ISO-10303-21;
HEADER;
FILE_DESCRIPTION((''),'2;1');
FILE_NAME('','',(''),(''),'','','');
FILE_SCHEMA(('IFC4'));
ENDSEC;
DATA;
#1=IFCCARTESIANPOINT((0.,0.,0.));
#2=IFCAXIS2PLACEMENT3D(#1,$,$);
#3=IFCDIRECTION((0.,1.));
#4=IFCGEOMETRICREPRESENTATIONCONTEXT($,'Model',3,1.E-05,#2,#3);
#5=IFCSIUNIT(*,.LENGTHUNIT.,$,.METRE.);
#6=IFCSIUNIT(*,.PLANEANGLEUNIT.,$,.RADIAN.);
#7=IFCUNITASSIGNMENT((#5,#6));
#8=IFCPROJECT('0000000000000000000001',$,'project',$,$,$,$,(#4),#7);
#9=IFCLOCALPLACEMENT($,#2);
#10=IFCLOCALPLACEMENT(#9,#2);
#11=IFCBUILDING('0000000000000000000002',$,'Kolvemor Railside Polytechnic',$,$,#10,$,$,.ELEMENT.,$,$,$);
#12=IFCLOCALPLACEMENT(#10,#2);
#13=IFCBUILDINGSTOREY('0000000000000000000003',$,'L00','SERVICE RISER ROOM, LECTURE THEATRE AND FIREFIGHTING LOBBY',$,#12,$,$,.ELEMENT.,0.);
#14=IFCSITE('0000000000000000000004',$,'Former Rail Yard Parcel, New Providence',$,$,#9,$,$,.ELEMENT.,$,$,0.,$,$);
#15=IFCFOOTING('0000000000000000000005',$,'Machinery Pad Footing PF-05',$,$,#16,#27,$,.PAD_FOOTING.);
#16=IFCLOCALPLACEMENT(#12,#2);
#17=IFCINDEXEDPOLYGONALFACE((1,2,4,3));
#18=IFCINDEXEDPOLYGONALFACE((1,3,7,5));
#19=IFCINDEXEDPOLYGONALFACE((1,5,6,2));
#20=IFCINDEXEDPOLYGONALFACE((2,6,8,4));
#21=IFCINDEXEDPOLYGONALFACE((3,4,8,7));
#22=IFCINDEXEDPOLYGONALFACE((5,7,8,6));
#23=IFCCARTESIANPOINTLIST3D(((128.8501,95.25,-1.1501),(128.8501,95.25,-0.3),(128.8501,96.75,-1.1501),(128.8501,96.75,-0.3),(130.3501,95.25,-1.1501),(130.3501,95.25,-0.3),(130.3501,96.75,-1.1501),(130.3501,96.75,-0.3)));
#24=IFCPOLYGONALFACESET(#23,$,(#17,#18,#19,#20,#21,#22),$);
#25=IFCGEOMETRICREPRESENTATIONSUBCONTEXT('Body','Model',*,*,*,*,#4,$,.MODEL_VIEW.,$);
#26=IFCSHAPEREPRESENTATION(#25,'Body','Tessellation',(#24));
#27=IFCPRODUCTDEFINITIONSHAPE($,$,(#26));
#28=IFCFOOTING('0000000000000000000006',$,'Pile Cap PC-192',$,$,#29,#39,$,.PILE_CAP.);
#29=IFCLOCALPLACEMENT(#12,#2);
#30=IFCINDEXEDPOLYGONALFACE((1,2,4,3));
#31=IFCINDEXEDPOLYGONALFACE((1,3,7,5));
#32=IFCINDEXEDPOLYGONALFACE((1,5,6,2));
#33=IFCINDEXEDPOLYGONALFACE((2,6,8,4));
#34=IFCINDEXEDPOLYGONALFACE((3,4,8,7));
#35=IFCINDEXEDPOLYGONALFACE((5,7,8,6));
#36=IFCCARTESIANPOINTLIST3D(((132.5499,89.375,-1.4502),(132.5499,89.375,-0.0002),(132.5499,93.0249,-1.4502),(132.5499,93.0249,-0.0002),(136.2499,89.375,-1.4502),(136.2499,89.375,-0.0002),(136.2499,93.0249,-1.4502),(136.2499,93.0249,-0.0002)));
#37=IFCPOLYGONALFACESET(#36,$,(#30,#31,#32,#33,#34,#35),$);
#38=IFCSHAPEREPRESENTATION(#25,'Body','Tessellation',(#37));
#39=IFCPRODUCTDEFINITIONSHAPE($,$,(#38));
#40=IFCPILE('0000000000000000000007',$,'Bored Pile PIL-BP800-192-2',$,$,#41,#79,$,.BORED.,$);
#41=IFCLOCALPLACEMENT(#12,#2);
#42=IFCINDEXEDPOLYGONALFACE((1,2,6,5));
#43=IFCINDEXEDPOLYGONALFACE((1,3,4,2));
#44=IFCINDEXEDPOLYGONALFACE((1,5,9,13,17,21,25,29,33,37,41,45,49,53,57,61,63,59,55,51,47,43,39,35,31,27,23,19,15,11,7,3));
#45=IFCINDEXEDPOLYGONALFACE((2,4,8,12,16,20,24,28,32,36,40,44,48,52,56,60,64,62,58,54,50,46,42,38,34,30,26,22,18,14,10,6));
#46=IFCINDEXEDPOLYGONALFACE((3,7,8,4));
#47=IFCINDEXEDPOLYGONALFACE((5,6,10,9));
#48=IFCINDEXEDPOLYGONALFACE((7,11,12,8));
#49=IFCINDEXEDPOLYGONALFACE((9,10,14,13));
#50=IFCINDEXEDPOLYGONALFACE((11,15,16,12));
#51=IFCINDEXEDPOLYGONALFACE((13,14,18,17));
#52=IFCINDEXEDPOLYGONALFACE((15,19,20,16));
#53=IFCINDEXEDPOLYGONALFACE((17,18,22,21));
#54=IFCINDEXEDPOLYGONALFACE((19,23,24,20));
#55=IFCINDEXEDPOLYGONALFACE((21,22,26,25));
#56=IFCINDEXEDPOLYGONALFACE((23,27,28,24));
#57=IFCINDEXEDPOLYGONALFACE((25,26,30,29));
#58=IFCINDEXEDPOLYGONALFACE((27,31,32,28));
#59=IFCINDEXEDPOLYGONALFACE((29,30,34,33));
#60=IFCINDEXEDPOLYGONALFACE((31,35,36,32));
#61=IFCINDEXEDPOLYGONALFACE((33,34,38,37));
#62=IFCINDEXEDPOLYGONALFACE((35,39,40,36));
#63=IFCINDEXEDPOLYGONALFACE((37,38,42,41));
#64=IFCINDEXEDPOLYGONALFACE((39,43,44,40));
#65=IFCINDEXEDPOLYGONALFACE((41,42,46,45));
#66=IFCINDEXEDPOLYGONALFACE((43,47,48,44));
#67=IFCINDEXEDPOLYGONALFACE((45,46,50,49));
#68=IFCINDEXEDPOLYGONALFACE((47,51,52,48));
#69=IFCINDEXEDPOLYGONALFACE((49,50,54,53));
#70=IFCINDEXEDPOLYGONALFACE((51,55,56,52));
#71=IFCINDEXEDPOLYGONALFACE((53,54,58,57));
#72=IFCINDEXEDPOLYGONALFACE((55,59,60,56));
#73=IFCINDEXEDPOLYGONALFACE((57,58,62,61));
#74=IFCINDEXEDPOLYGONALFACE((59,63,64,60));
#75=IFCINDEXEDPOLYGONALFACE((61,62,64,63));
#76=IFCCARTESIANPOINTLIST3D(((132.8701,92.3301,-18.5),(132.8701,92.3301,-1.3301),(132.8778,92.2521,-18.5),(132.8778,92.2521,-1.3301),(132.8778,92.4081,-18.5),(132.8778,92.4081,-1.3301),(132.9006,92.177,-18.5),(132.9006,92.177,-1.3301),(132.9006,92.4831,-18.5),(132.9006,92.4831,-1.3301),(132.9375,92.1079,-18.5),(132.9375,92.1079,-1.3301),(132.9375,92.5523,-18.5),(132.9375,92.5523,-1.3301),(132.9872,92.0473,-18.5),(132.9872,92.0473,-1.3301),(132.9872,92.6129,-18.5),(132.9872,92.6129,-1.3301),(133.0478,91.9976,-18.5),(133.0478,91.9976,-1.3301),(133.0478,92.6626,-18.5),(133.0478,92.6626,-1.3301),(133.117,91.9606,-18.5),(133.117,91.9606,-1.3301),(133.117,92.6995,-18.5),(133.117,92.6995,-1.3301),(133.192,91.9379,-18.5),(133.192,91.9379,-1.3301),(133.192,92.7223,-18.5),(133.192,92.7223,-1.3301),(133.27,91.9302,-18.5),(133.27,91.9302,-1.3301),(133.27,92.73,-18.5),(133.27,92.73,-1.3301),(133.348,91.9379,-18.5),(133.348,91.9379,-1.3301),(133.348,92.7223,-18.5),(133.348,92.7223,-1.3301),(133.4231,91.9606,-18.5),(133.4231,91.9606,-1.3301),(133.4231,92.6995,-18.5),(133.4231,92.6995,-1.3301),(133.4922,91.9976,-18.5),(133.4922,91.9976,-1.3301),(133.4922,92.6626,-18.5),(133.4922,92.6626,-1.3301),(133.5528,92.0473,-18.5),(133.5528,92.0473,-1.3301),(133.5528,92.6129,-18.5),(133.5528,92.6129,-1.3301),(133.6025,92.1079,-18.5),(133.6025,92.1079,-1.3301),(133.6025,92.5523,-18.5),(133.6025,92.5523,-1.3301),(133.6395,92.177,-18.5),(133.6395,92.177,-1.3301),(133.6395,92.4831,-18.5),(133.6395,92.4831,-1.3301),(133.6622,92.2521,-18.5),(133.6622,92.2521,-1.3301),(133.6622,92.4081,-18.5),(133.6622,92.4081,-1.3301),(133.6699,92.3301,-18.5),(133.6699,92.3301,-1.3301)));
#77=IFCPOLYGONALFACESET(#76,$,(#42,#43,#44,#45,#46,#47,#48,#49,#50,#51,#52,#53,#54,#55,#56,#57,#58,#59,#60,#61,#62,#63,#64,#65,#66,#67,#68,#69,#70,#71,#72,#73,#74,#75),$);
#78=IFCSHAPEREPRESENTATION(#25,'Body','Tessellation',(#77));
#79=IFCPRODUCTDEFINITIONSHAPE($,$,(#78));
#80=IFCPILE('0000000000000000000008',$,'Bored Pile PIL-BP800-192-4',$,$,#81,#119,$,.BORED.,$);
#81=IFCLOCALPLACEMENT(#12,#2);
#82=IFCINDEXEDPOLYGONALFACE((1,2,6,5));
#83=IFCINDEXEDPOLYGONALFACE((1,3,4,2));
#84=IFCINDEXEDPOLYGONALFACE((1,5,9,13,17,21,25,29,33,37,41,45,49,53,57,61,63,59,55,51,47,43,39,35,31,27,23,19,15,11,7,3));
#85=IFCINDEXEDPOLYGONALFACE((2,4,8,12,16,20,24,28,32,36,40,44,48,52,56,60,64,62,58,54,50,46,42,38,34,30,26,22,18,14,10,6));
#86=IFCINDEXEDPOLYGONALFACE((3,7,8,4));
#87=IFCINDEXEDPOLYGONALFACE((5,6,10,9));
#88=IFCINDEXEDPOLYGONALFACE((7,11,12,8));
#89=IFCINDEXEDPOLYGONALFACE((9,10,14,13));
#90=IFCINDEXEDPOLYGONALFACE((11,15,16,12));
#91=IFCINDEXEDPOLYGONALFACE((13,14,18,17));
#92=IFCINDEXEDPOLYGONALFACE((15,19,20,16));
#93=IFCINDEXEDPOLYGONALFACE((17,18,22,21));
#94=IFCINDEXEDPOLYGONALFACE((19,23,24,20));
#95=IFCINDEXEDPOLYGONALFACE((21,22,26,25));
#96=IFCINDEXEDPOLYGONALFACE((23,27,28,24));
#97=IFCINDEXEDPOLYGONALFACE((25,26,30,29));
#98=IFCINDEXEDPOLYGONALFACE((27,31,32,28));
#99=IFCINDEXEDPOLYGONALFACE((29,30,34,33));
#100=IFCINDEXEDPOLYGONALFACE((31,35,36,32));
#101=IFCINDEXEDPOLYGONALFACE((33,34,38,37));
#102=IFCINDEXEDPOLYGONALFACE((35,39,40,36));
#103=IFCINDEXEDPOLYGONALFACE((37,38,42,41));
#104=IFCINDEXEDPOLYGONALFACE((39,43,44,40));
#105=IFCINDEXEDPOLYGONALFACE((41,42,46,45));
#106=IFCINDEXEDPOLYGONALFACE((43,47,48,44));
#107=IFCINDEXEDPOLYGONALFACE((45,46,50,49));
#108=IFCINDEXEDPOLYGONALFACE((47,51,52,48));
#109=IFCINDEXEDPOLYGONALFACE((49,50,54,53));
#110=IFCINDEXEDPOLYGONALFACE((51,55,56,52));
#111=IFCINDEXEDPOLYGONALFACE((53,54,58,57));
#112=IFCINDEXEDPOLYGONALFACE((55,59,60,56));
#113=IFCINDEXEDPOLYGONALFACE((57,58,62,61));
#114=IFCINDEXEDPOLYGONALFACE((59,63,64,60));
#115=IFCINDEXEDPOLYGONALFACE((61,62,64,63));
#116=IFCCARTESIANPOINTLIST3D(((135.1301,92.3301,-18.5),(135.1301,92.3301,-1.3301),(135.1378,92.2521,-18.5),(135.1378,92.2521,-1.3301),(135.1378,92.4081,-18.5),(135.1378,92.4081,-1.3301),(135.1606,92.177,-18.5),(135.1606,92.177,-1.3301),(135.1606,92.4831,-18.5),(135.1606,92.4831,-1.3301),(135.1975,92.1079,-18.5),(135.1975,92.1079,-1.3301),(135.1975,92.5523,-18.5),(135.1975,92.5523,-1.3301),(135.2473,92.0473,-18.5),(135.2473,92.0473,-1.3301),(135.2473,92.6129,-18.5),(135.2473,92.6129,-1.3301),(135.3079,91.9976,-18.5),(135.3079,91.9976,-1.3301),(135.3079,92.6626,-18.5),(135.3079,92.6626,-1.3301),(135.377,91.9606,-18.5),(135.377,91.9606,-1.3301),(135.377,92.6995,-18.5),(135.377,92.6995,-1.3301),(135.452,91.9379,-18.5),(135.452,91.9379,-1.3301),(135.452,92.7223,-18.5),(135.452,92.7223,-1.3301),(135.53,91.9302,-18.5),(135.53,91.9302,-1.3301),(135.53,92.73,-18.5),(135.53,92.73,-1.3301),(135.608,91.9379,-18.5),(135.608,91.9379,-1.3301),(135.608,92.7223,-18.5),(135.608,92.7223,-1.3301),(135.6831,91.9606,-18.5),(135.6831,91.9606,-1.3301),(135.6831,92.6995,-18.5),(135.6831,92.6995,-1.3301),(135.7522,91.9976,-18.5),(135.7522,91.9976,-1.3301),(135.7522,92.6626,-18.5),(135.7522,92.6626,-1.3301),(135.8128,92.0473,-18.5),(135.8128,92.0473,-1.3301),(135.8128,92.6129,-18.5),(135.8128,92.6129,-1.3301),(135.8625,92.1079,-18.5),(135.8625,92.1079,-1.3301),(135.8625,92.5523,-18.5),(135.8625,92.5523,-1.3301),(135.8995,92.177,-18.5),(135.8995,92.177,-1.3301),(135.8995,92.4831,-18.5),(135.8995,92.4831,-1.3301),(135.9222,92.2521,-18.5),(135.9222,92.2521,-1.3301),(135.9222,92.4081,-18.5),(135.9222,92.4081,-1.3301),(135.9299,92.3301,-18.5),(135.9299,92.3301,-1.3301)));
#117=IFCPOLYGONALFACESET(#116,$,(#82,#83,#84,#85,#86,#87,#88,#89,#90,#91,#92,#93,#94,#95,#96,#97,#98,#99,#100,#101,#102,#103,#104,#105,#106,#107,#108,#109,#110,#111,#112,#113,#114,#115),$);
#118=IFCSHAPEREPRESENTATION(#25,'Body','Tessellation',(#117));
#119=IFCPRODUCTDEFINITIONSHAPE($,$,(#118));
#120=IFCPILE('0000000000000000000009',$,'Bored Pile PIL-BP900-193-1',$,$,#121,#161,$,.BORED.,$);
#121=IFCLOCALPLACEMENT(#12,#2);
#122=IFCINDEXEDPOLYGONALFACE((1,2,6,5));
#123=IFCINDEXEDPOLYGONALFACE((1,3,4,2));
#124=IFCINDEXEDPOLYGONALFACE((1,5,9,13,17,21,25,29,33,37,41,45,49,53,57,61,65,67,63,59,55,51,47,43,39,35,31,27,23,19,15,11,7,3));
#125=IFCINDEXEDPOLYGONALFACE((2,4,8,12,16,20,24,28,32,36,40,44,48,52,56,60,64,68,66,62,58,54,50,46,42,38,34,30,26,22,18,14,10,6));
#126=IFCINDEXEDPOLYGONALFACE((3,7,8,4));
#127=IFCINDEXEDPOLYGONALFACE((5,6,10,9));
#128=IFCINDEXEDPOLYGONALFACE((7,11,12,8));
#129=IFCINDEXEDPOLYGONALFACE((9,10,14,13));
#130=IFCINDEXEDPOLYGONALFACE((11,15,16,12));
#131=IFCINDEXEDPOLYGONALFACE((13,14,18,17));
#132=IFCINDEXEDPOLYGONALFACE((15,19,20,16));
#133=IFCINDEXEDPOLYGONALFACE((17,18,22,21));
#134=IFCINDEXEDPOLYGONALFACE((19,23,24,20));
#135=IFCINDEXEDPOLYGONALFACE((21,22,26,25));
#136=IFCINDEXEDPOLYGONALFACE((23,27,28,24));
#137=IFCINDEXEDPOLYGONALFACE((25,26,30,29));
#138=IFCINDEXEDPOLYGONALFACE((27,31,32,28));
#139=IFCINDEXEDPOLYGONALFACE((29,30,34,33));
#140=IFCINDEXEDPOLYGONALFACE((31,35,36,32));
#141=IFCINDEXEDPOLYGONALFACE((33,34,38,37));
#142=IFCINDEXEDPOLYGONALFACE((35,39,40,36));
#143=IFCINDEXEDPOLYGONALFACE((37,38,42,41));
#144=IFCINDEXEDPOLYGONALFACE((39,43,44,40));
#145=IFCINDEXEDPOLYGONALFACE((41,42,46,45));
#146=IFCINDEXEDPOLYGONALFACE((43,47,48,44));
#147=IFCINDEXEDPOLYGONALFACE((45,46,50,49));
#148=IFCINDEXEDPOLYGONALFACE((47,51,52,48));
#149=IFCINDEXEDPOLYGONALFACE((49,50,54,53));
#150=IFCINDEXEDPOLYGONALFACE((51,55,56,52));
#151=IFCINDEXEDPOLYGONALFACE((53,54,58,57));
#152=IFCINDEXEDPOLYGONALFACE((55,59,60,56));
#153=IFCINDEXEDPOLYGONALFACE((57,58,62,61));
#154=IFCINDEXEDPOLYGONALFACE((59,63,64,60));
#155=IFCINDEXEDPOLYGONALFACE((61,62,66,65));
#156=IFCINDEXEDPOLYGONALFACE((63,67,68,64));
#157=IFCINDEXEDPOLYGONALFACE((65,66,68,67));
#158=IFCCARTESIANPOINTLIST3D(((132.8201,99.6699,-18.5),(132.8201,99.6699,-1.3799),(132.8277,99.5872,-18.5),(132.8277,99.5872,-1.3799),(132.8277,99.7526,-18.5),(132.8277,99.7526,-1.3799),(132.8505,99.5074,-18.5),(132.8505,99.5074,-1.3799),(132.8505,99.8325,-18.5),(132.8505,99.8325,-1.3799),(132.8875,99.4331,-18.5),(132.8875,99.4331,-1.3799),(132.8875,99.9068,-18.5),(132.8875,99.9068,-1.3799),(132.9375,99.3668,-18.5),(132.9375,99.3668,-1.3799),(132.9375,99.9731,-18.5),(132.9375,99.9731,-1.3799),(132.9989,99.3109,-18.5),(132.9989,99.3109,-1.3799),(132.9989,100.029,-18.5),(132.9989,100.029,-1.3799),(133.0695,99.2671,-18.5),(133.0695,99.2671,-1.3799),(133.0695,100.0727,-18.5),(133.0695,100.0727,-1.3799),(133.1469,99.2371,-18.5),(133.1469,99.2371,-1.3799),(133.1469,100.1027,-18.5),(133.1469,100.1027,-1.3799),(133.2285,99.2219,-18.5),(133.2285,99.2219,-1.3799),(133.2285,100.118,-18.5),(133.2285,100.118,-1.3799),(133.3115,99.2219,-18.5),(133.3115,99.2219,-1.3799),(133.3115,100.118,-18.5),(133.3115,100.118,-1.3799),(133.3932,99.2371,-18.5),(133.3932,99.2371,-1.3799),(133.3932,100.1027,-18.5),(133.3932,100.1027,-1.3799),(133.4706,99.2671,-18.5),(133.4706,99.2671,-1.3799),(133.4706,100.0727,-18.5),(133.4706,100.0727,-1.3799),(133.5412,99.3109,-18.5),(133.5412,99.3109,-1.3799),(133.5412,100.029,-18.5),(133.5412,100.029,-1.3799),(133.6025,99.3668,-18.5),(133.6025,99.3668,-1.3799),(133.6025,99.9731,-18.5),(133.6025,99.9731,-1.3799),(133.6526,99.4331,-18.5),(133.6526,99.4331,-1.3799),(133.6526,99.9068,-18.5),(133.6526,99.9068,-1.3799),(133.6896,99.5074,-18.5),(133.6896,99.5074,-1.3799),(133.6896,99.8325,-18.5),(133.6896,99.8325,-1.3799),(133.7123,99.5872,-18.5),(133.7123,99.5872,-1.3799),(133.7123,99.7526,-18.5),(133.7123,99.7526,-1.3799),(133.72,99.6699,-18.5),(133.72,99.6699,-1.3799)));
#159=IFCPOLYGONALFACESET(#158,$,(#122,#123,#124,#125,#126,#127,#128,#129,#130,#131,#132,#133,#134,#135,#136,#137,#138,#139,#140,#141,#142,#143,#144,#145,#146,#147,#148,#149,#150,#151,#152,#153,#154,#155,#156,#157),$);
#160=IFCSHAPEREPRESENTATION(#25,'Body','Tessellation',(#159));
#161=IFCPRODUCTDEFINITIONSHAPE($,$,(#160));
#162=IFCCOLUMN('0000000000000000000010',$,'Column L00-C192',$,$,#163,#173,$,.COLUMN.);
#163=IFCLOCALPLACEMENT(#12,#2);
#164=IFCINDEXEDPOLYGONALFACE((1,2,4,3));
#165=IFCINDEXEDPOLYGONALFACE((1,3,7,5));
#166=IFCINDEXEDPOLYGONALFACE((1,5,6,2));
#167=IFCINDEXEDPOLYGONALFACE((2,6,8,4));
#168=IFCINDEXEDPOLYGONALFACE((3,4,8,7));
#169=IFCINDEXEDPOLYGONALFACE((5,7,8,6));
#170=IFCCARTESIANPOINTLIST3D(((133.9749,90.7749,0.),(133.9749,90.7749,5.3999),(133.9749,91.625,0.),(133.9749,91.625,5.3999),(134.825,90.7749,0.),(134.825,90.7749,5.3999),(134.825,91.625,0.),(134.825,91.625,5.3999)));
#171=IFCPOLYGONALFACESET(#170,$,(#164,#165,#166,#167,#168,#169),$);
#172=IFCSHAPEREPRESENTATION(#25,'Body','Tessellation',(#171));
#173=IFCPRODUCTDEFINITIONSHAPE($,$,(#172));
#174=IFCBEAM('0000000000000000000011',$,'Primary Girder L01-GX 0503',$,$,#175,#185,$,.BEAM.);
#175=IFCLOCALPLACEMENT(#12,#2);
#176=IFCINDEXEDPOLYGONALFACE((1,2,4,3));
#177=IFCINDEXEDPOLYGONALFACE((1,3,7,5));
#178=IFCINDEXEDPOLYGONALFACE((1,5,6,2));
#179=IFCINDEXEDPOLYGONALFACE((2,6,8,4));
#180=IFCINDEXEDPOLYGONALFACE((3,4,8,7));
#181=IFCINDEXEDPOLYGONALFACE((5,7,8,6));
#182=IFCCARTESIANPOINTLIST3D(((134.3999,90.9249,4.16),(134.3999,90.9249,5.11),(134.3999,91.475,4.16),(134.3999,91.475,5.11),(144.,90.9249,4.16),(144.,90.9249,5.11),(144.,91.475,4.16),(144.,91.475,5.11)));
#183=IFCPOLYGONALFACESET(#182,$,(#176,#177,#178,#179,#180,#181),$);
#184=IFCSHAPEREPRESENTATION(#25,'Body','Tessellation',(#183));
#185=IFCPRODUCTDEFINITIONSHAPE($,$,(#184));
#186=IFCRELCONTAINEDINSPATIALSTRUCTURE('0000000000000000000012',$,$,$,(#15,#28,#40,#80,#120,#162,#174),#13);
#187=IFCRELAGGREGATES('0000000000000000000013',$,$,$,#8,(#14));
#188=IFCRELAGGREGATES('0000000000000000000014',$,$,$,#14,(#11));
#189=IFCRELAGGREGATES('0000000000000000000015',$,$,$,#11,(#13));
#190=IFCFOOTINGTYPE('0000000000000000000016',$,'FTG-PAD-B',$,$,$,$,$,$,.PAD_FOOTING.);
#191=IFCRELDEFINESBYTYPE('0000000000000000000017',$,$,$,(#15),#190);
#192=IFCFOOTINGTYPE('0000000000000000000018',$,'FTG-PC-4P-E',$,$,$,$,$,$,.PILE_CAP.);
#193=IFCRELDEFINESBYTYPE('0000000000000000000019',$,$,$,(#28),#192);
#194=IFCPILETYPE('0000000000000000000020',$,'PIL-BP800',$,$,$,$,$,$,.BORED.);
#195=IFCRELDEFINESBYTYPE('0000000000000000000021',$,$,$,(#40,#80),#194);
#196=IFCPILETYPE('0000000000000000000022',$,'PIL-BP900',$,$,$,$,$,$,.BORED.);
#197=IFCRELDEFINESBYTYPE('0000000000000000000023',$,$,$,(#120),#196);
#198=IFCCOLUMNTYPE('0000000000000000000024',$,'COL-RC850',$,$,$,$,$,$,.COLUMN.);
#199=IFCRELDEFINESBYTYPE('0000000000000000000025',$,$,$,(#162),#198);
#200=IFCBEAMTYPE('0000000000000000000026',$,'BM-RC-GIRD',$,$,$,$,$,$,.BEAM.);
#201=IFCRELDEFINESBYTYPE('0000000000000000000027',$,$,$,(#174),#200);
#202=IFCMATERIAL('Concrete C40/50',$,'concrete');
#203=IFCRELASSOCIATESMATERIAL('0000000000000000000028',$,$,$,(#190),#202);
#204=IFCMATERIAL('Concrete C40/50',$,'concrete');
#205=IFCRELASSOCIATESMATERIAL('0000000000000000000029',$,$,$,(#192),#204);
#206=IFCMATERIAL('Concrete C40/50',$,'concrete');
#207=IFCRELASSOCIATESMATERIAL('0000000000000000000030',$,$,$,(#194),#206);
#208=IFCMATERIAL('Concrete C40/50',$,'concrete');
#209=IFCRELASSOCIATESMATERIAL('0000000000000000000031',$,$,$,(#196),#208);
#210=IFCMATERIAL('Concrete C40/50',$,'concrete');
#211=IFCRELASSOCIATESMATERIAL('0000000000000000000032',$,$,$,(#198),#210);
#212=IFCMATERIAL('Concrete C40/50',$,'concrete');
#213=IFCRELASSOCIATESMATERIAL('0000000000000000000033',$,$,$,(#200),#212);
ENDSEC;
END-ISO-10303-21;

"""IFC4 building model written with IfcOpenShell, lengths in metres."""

from ifc_helpers import new_model, si_unit, direction, frame, origin, origin_2d, place, context, subcontext, project, spatial, rectangle, circle, extrude, material, material_profile, profile_set, type_object, element, save


model = new_model("IFC4")

# Units and contexts
model_context = context("Model", 3, precision=1e-05, world=origin(), true_north=direction((0.0, 1.0)))
body_context = subcontext(model_context, "Body", "Model", "MODEL_VIEW")
ifc_project = project(units=[si_unit("LENGTHUNIT", "METRE"), si_unit("PLANEANGLEUNIT", "RADIAN")], contexts=[model_context])

# Site, building, storey
site_placement = place(None, origin())
site = spatial("IfcSite", under=ifc_project, at=site_placement, Name="Former Rail Yard Parcel, New Providence", CompositionType="ELEMENT", RefElevation=0.0)
building_placement = place(site_placement, origin())
building = spatial("IfcBuilding", under=site, at=building_placement, Name="Kolvemor Railside Polytechnic", CompositionType="ELEMENT")
storey_placement = place(building_placement, origin())
storey = spatial("IfcBuildingStorey", under=building, at=storey_placement, Name="L00", Description="SERVICE RISER ROOM, LECTURE THEATRE AND FIREFIGHTING LOBBY", CompositionType="ELEMENT", Elevation=0.0)

# Footings
ifc_material_1 = material(Name="Concrete C40/50", Category="concrete")
footing_type_1 = type_object("IfcFootingType", Name="FTG-PAD-B", PredefinedType="PAD_FOOTING", material=ifc_material_1)
footing_1_placement = place(storey_placement, frame((129.6001, 96.0, -1.1501), z_axis=(0.0, 0.0, 1.0), x_axis=(1.0, 0.0, 0.0)))
element("IfcFooting", 1, at=footing_1_placement, inside=storey, type_object=footing_type_1, Name="Machinery Pad Footing PF-05", PredefinedType="PAD_FOOTING", context=body_context, shape_type="SweptSolid", body=[
    extrude(rectangle(XDim=1.5, YDim=1.5, at=origin_2d()), origin(), (0.0, 0.0, 1.0), 0.8501),
])
ifc_material_2 = material(Name="Concrete C40/50", Category="concrete")
footing_type_2 = type_object("IfcFootingType", Name="FTG-PC-4P-E", PredefinedType="PILE_CAP", material=ifc_material_2)
footing_2_placement = place(storey_placement, frame((134.3999, 91.2, -1.4502), z_axis=(0.0, 0.0, 1.0), x_axis=(1.0, 0.0, 0.0)))
element("IfcFooting", 2, at=footing_2_placement, inside=storey, type_object=footing_type_2, Name="Pile Cap PC-192", PredefinedType="PILE_CAP", context=body_context, shape_type="SweptSolid", body=[
    extrude(rectangle(XDim=3.7, YDim=3.6499, at=origin_2d()), origin(), (0.0, 0.0, 1.0), 1.45),
])

# Piles
ifc_material_3 = material(Name="Concrete C40/50", Category="concrete")
ifc_material_profile_1 = material_profile(ifc_material_3, circle(Radius=0.3999, at=origin_2d()), Name="BP800")
ifc_profile_set_1 = profile_set([ifc_material_profile_1], Name="Concrete C40/50")
pile_type_1 = type_object("IfcPileType", Name="PIL-BP800", PredefinedType="BORED", material=ifc_profile_set_1)
for number, where, z_axis, x_axis, name in (
    (3, (133.27, 92.3301, -1.3301), (0.0, 0.0, -1.0), (1.0, 0.0, 0.0), "Bored Pile PIL-BP800-192-2"),
    (4, (135.53, 92.3301, -1.3301), (0.0, 0.0, -1.0), (1.0, 0.0, 0.0), "Bored Pile PIL-BP800-192-4"),
):
    element("IfcPile", number, at=place(storey_placement, frame(where, z_axis=z_axis, x_axis=x_axis)), inside=storey, type_object=pile_type_1, Name=name, PredefinedType="BORED", context=body_context, shape_type="SweptSolid", body=[
        extrude(circle(Radius=0.3999, at=origin_2d()), origin(), (0.0, 0.0, 1.0), 17.1699),
    ])
ifc_material_4 = material(Name="Concrete C40/50", Category="concrete")
ifc_material_profile_2 = material_profile(ifc_material_4, circle(Radius=0.45, at=origin_2d()), Name="BP900")
ifc_profile_set_2 = profile_set([ifc_material_profile_2], Name="Concrete C40/50")
pile_type_2 = type_object("IfcPileType", Name="PIL-BP900", PredefinedType="BORED", material=ifc_profile_set_2)
pile_placement = place(storey_placement, frame((133.27, 99.6699, -1.3799), z_axis=(0.0, 0.0, -1.0), x_axis=(1.0, 0.0, 0.0)))
element("IfcPile", 5, at=pile_placement, inside=storey, type_object=pile_type_2, Name="Bored Pile PIL-BP900-193-1", PredefinedType="BORED", context=body_context, shape_type="SweptSolid", body=[
    extrude(circle(Radius=0.45, at=origin_2d()), origin(), (0.0, 0.0, 1.0), 17.1201),
])

# Column
ifc_material_5 = material(Name="Concrete C40/50", Category="concrete")
ifc_material_profile_3 = material_profile(ifc_material_5, rectangle(XDim=0.8501, YDim=0.8501, at=origin_2d()), Name="RC850x850")
ifc_profile_set_3 = profile_set([ifc_material_profile_3], Name="Concrete C40/50")
column_type = type_object("IfcColumnType", Name="COL-RC850", PredefinedType="COLUMN", material=ifc_profile_set_3)
column_placement = place(storey_placement, frame((134.3999, 91.2, 0.0), z_axis=(0.0, 0.0, 1.0), x_axis=(1.0, 0.0, 0.0)))
element("IfcColumn", 6, at=column_placement, inside=storey, type_object=column_type, Name="Column L00-C192", PredefinedType="COLUMN", context=body_context, shape_type="SweptSolid", body=[
    extrude(rectangle(XDim=0.8501, YDim=0.8501, at=origin_2d()), origin(), (0.0, 0.0, 1.0), 5.3999),
])

# Beam
ifc_material_6 = material(Name="Concrete C40/50", Category="concrete")
ifc_material_profile_4 = material_profile(ifc_material_6, rectangle(XDim=0.55, YDim=0.95, at=origin_2d()), Name="RC550x950")
ifc_profile_set_4 = profile_set([ifc_material_profile_4], Name="Concrete C40/50")
beam_type_1 = type_object("IfcBeamType", Name="BM-RC-GIRD", PredefinedType="BEAM", material=ifc_profile_set_4)
for number, where, z_axis, x_axis, name in (
    (7, (134.3999, 91.2, 4.635), (1.0, 0.0, 0.0), (0.0, 1.0, 0.0), "Primary Girder L01-GX 0503"),
):
    element("IfcBeam", number, at=place(storey_placement, frame(where, z_axis=z_axis, x_axis=x_axis)), inside=storey, type_object=beam_type_1, Name=name, PredefinedType="BEAM", context=body_context, shape_type="SweptSolid", body=[
        extrude(rectangle(XDim=0.55, YDim=0.95, at=origin_2d()), origin(), (0.0, 0.0, 1.0), 9.6001),
    ])

save(model, "model.ifc")
